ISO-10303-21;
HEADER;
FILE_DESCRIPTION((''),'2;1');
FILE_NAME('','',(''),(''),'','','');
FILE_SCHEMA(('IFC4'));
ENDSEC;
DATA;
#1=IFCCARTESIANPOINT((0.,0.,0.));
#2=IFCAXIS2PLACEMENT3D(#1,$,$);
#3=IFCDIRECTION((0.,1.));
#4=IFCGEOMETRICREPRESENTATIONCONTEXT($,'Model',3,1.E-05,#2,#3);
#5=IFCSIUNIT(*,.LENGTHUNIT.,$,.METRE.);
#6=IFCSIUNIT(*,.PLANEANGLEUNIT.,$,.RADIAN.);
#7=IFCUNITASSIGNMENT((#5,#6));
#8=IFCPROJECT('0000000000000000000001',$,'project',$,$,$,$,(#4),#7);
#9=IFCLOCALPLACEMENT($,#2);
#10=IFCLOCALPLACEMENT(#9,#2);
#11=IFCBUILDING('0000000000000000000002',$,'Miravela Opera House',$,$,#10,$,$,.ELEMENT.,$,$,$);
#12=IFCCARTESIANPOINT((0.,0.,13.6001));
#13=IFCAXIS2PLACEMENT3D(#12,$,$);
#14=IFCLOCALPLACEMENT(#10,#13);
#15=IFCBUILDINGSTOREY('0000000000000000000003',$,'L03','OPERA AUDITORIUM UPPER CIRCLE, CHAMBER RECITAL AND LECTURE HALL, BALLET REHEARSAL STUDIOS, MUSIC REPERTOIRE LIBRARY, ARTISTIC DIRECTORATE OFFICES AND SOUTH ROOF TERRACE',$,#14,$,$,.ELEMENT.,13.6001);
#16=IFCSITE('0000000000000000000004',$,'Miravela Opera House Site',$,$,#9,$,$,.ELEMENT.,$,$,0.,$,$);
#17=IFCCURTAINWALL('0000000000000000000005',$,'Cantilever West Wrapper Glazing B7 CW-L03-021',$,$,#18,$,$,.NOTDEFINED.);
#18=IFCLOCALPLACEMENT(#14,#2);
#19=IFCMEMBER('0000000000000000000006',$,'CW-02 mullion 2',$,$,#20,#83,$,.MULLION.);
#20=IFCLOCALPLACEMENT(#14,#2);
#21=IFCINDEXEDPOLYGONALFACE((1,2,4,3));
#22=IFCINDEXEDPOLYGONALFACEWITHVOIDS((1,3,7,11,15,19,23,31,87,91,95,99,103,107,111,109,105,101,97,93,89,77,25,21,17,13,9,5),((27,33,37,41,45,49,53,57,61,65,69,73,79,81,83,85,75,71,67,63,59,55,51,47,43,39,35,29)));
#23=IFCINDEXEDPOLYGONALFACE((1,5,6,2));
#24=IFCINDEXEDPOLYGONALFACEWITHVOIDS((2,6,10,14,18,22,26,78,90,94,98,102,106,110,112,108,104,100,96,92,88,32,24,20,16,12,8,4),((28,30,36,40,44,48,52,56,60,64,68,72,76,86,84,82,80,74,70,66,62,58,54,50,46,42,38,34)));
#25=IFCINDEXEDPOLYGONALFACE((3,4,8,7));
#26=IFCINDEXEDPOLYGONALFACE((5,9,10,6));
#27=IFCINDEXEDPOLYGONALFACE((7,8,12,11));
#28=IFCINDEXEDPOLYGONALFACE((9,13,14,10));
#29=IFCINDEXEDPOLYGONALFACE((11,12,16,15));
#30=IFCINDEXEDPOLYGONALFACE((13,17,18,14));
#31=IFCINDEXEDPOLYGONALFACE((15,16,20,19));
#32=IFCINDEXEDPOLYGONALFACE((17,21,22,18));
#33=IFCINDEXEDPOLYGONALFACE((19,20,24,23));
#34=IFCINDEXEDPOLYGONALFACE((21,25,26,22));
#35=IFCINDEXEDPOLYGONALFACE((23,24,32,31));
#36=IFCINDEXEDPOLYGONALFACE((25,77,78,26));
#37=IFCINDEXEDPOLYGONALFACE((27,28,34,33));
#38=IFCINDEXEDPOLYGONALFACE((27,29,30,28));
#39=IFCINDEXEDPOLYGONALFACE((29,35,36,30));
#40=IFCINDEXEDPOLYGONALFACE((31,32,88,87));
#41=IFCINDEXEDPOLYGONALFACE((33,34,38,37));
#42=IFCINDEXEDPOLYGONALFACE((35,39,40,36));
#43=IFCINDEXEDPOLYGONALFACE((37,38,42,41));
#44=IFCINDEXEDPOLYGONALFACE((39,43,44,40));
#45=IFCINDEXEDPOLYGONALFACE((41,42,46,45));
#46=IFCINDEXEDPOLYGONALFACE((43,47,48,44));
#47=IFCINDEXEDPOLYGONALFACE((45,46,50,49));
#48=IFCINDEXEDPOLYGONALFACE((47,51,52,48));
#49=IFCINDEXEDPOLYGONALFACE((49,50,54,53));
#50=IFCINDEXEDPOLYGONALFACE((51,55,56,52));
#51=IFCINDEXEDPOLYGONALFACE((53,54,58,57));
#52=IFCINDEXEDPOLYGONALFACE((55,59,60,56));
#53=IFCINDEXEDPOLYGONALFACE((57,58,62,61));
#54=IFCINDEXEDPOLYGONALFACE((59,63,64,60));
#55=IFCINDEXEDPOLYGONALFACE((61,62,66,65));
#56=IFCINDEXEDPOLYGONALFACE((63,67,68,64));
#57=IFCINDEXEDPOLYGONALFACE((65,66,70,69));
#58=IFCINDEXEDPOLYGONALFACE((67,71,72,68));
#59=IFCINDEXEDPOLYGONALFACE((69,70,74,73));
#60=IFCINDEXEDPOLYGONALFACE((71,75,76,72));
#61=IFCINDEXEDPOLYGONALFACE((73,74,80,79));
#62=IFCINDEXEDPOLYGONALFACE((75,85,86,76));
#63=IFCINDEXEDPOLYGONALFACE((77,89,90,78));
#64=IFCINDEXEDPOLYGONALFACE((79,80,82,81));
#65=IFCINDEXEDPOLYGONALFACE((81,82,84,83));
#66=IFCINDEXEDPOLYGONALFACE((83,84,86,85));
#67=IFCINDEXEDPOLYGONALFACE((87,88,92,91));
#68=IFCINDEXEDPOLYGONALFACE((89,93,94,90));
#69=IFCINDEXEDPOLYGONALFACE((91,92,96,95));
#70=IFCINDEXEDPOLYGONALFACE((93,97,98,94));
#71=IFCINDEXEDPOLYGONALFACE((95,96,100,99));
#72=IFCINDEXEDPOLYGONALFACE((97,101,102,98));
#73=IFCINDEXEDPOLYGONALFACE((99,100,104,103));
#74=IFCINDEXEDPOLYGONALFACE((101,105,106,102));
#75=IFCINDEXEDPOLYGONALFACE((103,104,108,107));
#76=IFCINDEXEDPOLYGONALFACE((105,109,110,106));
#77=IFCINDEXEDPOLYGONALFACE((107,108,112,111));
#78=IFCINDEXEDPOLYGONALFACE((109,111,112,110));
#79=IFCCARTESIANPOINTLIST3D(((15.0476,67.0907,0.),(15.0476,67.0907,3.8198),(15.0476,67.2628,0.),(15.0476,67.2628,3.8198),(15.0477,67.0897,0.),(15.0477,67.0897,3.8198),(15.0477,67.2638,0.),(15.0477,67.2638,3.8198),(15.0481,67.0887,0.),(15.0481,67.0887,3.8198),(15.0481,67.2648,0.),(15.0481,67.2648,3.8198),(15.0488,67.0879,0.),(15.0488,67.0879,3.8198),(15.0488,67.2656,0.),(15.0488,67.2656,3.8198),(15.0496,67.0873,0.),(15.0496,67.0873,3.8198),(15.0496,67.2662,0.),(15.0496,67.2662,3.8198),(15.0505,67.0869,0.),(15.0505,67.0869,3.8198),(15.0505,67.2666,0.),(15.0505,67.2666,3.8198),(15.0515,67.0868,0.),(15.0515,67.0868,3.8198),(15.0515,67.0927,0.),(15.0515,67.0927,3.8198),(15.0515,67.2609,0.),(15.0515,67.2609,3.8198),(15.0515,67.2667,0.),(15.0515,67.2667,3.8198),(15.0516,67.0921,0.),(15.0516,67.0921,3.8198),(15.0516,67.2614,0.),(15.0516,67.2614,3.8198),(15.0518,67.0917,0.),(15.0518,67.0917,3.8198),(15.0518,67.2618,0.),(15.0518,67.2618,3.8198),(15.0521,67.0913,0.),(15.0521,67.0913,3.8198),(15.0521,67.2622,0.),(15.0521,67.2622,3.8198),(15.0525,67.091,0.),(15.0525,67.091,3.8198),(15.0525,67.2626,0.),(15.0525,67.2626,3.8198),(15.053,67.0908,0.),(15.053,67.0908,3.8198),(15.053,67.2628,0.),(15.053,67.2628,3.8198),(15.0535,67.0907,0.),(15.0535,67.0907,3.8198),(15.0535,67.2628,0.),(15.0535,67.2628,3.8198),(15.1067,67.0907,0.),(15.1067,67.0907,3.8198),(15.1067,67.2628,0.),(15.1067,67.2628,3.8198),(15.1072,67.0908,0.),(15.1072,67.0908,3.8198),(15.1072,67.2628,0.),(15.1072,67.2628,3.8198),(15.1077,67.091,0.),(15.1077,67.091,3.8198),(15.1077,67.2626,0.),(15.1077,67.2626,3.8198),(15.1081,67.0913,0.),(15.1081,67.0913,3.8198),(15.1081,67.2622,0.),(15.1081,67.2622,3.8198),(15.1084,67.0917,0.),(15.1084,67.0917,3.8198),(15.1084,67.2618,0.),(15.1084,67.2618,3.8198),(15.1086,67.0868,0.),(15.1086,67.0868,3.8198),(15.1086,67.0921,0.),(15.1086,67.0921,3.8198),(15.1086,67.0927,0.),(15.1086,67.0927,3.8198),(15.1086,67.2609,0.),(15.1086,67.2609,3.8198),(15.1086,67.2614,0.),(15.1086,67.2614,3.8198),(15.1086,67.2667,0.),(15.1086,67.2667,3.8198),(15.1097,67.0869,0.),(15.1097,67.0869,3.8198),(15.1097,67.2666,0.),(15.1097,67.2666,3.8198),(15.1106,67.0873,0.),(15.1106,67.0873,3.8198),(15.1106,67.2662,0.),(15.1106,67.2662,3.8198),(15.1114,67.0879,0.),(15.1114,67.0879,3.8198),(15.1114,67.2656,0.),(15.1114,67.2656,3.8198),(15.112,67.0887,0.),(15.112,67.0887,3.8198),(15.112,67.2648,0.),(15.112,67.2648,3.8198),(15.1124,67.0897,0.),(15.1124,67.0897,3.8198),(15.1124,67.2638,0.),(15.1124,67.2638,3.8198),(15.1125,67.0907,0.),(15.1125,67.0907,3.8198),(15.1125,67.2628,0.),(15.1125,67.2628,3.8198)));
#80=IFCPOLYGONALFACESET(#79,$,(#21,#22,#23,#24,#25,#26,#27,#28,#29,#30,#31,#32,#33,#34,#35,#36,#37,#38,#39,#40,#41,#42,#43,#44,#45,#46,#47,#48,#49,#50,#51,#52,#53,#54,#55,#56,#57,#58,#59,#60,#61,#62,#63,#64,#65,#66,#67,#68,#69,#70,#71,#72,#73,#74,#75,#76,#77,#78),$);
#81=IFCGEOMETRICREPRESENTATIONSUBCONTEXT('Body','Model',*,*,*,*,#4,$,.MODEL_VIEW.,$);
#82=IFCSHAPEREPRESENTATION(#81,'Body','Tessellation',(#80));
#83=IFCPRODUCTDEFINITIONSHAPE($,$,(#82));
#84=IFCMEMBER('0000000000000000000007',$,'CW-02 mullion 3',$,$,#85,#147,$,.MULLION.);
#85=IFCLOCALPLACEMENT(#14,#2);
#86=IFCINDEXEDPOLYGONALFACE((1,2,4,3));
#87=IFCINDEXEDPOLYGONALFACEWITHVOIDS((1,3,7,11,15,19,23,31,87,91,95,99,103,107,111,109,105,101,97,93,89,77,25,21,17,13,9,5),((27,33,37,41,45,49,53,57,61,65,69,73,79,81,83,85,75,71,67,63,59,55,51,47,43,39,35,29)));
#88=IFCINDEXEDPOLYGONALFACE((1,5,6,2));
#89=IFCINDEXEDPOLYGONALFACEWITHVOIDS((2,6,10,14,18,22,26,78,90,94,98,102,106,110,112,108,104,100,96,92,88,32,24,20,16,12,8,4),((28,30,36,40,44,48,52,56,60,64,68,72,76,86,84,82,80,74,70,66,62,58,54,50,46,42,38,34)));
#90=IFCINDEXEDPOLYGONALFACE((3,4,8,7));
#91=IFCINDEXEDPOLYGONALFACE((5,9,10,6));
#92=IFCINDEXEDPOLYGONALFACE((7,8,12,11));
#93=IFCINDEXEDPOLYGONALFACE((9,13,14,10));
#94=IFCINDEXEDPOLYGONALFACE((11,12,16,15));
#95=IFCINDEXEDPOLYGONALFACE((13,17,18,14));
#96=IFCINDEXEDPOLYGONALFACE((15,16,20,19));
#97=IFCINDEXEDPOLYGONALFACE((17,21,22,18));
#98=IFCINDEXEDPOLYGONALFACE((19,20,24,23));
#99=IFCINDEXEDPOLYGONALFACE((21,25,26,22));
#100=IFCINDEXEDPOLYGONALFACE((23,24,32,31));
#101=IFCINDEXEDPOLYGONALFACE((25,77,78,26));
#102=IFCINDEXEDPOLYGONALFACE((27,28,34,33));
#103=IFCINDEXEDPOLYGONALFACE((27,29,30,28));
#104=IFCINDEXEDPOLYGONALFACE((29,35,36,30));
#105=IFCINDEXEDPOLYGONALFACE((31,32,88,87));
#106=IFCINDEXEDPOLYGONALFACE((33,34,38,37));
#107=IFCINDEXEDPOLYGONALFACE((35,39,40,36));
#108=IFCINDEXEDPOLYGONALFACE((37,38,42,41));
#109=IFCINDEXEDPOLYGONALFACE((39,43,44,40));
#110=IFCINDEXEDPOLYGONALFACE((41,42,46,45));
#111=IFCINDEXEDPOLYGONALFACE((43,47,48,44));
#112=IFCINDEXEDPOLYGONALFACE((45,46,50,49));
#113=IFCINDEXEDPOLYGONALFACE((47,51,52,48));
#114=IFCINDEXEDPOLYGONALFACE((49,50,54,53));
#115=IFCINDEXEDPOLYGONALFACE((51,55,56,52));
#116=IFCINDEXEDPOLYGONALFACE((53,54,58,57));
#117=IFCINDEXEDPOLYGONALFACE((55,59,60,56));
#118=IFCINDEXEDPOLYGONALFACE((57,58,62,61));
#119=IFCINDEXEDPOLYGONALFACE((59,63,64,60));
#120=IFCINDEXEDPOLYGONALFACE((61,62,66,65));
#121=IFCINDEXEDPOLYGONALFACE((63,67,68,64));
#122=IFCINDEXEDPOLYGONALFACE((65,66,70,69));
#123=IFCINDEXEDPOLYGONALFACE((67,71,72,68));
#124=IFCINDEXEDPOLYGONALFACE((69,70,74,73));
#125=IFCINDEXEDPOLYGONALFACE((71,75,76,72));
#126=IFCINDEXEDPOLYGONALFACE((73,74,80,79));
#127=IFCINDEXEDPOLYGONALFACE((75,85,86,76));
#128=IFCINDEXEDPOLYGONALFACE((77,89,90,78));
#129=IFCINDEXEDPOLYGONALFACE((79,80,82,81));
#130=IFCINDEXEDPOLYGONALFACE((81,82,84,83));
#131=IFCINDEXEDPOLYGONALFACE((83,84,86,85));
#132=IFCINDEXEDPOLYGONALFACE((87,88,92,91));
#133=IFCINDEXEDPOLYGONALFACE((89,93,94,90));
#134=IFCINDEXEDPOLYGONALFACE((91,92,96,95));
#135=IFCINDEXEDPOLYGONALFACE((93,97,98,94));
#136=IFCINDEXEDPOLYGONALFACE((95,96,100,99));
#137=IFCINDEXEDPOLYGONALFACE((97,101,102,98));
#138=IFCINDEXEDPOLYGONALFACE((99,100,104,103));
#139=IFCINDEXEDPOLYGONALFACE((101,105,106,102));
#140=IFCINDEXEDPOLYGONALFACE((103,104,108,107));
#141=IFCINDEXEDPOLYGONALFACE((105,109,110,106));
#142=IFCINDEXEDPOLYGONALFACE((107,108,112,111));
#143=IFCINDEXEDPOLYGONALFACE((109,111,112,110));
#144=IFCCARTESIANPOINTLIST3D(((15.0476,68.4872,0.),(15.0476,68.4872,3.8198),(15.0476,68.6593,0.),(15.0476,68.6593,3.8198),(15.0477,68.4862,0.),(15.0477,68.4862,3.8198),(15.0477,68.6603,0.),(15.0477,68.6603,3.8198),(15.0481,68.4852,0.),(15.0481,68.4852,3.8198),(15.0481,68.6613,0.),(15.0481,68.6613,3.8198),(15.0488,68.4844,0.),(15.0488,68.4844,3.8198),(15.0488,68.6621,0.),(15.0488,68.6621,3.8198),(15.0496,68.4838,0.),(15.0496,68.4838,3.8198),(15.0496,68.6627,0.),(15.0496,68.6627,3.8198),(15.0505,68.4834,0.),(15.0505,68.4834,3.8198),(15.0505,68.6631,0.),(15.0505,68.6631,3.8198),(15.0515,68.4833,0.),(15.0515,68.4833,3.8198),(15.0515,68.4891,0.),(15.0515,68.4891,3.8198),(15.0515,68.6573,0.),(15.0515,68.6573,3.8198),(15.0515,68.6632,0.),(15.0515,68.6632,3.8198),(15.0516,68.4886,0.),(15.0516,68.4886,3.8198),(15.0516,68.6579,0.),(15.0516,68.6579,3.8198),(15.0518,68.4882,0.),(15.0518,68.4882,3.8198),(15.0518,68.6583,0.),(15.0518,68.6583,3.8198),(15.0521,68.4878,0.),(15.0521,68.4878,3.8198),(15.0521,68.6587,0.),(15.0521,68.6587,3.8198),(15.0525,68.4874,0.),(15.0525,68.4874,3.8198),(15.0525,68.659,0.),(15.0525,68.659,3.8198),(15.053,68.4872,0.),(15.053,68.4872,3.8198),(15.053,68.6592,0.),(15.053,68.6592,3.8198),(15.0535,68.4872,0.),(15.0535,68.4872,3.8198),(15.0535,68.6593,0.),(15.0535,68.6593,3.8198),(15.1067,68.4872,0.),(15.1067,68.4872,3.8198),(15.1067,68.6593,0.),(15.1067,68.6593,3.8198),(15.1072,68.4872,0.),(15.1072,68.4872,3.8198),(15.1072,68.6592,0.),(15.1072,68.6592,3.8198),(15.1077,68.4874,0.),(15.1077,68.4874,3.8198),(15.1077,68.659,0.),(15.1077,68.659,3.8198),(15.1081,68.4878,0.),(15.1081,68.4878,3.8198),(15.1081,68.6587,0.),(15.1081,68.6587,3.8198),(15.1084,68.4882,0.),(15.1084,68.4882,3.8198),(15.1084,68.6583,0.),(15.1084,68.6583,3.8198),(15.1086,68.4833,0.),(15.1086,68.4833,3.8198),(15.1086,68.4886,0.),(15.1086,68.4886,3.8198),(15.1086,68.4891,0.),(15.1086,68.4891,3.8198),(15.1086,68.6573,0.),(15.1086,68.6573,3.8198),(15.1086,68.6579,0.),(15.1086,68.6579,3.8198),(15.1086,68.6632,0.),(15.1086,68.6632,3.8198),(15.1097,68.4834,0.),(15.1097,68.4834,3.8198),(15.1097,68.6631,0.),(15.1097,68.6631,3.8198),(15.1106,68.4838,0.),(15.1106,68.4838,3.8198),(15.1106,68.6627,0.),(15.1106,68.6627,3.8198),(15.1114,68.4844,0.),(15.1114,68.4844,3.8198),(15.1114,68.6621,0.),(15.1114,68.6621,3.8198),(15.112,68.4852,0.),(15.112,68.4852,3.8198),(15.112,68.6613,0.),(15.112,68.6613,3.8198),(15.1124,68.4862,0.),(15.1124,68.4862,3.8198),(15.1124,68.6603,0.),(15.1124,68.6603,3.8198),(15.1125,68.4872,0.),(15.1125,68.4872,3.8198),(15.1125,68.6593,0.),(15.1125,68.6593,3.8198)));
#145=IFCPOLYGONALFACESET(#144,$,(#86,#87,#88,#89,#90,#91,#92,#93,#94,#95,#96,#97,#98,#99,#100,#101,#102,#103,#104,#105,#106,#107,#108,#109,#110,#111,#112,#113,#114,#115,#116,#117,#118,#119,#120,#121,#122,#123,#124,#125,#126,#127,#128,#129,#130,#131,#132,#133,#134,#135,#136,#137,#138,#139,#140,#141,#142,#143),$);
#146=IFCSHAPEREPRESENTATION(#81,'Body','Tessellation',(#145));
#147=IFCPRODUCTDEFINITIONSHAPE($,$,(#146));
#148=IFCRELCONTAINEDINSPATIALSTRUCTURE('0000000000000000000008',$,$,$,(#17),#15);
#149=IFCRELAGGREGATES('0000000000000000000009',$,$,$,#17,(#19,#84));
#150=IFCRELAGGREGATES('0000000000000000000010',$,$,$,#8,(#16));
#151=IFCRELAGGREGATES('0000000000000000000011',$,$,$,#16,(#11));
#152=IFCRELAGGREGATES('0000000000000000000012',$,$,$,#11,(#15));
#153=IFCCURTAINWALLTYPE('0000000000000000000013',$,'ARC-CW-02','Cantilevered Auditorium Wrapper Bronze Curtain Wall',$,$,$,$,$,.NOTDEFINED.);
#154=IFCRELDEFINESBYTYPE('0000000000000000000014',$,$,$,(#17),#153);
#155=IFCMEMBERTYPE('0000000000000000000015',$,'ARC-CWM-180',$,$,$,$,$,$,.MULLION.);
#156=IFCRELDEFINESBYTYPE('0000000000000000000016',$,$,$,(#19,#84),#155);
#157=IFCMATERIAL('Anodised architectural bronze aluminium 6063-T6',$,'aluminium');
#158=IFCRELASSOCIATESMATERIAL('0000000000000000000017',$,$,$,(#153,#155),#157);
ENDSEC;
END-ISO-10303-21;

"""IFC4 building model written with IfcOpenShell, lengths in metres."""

from ifc_helpers import new_model, si_unit, direction, frame, origin, origin_2d, place, context, subcontext, project, spatial, hollow_rectangle, extrude, material, material_profile, profile_set, type_object, element, aggregate, save


model = new_model("IFC4")

# Units and contexts
model_context = context("Model", 3, precision=1e-05, world=origin(), true_north=direction((0.0, 1.0)))
body_context = subcontext(model_context, "Body", "Model", "MODEL_VIEW")
ifc_project = project(units=[si_unit("LENGTHUNIT", "METRE"), si_unit("PLANEANGLEUNIT", "RADIAN")], contexts=[model_context])

# Site, building, storey
site_placement = place(None, origin())
site = spatial("IfcSite", under=ifc_project, at=site_placement, Name="Miravela Opera House Site", CompositionType="ELEMENT", RefElevation=0.0)
building_placement = place(site_placement, origin())
building = spatial("IfcBuilding", under=site, at=building_placement, Name="Miravela Opera House", CompositionType="ELEMENT")
storey_placement = place(building_placement, frame((0.0, 0.0, 13.6001)))
storey = spatial("IfcBuildingStorey", under=building, at=storey_placement, Name="L03", Description="OPERA AUDITORIUM UPPER CIRCLE, CHAMBER RECITAL AND LECTURE HALL, BALLET REHEARSAL STUDIOS, MUSIC REPERTOIRE LIBRARY, ARTISTIC DIRECTORATE OFFICES AND SOUTH ROOF TERRACE", CompositionType="ELEMENT", Elevation=13.6001)

# Curtain wall, members
ifc_material_1 = material(Name="Anodised architectural bronze aluminium 6063-T6", Category="aluminium")
curtain_wall_type = type_object("IfcCurtainWallType", Name="ARC-CW-02", Description="Cantilevered Auditorium Wrapper Bronze Curtain Wall", PredefinedType="NOTDEFINED", material=ifc_material_1)
curtain_wall_1_placement = place(storey_placement, origin())
curtain_wall_1 = element("IfcCurtainWall", 1, at=curtain_wall_1_placement, inside=storey, type_object=curtain_wall_type, Name="Cantilever West Wrapper Glazing B7 CW-L03-021", PredefinedType="NOTDEFINED")
ifc_material_profile_1 = material_profile(ifc_material_1, hollow_rectangle(XDim=0.0649, YDim=0.1799, WallThickness=0.0039, InnerFilletRadius=0.002, OuterFilletRadius=0.0039, at=origin_2d()), Name="CWM-65X180")
ifc_profile_set_1 = profile_set([ifc_material_profile_1])
member_type_1 = type_object("IfcMemberType", Name="ARC-CWM-180", PredefinedType="MULLION", material=ifc_profile_set_1)
member_1_placement = place(storey_placement, frame((15.0801, 67.1768, 0.0), z_axis=(0.0, 0.0, 1.0), x_axis=(-1.0, 0.0, 0.0)))
member_1 = element("IfcMember", 2, at=member_1_placement, type_object=member_type_1, Name="CW-02 mullion 2", PredefinedType="MULLION", context=body_context, shape_type="SweptSolid", body=[
    extrude(hollow_rectangle(XDim=0.0649, YDim=0.1799, WallThickness=0.0039, InnerFilletRadius=0.002, OuterFilletRadius=0.0039, at=origin_2d()), origin(), (0.0, 0.0, 1.0), 3.8198),
])
member_2_placement = place(storey_placement, frame((15.0801, 68.5732, 0.0), z_axis=(0.0, 0.0, 1.0), x_axis=(-1.0, 0.0, 0.0)))
member_2 = element("IfcMember", 3, at=member_2_placement, type_object=member_type_1, Name="CW-02 mullion 3", PredefinedType="MULLION", context=body_context, shape_type="SweptSolid", body=[
    extrude(hollow_rectangle(XDim=0.0649, YDim=0.1799, WallThickness=0.0039, InnerFilletRadius=0.002, OuterFilletRadius=0.0039, at=origin_2d()), origin(), (0.0, 0.0, 1.0), 3.8198),
])

aggregate(curtain_wall_1, [member_1, member_2])

save(model, "model.ifc")
